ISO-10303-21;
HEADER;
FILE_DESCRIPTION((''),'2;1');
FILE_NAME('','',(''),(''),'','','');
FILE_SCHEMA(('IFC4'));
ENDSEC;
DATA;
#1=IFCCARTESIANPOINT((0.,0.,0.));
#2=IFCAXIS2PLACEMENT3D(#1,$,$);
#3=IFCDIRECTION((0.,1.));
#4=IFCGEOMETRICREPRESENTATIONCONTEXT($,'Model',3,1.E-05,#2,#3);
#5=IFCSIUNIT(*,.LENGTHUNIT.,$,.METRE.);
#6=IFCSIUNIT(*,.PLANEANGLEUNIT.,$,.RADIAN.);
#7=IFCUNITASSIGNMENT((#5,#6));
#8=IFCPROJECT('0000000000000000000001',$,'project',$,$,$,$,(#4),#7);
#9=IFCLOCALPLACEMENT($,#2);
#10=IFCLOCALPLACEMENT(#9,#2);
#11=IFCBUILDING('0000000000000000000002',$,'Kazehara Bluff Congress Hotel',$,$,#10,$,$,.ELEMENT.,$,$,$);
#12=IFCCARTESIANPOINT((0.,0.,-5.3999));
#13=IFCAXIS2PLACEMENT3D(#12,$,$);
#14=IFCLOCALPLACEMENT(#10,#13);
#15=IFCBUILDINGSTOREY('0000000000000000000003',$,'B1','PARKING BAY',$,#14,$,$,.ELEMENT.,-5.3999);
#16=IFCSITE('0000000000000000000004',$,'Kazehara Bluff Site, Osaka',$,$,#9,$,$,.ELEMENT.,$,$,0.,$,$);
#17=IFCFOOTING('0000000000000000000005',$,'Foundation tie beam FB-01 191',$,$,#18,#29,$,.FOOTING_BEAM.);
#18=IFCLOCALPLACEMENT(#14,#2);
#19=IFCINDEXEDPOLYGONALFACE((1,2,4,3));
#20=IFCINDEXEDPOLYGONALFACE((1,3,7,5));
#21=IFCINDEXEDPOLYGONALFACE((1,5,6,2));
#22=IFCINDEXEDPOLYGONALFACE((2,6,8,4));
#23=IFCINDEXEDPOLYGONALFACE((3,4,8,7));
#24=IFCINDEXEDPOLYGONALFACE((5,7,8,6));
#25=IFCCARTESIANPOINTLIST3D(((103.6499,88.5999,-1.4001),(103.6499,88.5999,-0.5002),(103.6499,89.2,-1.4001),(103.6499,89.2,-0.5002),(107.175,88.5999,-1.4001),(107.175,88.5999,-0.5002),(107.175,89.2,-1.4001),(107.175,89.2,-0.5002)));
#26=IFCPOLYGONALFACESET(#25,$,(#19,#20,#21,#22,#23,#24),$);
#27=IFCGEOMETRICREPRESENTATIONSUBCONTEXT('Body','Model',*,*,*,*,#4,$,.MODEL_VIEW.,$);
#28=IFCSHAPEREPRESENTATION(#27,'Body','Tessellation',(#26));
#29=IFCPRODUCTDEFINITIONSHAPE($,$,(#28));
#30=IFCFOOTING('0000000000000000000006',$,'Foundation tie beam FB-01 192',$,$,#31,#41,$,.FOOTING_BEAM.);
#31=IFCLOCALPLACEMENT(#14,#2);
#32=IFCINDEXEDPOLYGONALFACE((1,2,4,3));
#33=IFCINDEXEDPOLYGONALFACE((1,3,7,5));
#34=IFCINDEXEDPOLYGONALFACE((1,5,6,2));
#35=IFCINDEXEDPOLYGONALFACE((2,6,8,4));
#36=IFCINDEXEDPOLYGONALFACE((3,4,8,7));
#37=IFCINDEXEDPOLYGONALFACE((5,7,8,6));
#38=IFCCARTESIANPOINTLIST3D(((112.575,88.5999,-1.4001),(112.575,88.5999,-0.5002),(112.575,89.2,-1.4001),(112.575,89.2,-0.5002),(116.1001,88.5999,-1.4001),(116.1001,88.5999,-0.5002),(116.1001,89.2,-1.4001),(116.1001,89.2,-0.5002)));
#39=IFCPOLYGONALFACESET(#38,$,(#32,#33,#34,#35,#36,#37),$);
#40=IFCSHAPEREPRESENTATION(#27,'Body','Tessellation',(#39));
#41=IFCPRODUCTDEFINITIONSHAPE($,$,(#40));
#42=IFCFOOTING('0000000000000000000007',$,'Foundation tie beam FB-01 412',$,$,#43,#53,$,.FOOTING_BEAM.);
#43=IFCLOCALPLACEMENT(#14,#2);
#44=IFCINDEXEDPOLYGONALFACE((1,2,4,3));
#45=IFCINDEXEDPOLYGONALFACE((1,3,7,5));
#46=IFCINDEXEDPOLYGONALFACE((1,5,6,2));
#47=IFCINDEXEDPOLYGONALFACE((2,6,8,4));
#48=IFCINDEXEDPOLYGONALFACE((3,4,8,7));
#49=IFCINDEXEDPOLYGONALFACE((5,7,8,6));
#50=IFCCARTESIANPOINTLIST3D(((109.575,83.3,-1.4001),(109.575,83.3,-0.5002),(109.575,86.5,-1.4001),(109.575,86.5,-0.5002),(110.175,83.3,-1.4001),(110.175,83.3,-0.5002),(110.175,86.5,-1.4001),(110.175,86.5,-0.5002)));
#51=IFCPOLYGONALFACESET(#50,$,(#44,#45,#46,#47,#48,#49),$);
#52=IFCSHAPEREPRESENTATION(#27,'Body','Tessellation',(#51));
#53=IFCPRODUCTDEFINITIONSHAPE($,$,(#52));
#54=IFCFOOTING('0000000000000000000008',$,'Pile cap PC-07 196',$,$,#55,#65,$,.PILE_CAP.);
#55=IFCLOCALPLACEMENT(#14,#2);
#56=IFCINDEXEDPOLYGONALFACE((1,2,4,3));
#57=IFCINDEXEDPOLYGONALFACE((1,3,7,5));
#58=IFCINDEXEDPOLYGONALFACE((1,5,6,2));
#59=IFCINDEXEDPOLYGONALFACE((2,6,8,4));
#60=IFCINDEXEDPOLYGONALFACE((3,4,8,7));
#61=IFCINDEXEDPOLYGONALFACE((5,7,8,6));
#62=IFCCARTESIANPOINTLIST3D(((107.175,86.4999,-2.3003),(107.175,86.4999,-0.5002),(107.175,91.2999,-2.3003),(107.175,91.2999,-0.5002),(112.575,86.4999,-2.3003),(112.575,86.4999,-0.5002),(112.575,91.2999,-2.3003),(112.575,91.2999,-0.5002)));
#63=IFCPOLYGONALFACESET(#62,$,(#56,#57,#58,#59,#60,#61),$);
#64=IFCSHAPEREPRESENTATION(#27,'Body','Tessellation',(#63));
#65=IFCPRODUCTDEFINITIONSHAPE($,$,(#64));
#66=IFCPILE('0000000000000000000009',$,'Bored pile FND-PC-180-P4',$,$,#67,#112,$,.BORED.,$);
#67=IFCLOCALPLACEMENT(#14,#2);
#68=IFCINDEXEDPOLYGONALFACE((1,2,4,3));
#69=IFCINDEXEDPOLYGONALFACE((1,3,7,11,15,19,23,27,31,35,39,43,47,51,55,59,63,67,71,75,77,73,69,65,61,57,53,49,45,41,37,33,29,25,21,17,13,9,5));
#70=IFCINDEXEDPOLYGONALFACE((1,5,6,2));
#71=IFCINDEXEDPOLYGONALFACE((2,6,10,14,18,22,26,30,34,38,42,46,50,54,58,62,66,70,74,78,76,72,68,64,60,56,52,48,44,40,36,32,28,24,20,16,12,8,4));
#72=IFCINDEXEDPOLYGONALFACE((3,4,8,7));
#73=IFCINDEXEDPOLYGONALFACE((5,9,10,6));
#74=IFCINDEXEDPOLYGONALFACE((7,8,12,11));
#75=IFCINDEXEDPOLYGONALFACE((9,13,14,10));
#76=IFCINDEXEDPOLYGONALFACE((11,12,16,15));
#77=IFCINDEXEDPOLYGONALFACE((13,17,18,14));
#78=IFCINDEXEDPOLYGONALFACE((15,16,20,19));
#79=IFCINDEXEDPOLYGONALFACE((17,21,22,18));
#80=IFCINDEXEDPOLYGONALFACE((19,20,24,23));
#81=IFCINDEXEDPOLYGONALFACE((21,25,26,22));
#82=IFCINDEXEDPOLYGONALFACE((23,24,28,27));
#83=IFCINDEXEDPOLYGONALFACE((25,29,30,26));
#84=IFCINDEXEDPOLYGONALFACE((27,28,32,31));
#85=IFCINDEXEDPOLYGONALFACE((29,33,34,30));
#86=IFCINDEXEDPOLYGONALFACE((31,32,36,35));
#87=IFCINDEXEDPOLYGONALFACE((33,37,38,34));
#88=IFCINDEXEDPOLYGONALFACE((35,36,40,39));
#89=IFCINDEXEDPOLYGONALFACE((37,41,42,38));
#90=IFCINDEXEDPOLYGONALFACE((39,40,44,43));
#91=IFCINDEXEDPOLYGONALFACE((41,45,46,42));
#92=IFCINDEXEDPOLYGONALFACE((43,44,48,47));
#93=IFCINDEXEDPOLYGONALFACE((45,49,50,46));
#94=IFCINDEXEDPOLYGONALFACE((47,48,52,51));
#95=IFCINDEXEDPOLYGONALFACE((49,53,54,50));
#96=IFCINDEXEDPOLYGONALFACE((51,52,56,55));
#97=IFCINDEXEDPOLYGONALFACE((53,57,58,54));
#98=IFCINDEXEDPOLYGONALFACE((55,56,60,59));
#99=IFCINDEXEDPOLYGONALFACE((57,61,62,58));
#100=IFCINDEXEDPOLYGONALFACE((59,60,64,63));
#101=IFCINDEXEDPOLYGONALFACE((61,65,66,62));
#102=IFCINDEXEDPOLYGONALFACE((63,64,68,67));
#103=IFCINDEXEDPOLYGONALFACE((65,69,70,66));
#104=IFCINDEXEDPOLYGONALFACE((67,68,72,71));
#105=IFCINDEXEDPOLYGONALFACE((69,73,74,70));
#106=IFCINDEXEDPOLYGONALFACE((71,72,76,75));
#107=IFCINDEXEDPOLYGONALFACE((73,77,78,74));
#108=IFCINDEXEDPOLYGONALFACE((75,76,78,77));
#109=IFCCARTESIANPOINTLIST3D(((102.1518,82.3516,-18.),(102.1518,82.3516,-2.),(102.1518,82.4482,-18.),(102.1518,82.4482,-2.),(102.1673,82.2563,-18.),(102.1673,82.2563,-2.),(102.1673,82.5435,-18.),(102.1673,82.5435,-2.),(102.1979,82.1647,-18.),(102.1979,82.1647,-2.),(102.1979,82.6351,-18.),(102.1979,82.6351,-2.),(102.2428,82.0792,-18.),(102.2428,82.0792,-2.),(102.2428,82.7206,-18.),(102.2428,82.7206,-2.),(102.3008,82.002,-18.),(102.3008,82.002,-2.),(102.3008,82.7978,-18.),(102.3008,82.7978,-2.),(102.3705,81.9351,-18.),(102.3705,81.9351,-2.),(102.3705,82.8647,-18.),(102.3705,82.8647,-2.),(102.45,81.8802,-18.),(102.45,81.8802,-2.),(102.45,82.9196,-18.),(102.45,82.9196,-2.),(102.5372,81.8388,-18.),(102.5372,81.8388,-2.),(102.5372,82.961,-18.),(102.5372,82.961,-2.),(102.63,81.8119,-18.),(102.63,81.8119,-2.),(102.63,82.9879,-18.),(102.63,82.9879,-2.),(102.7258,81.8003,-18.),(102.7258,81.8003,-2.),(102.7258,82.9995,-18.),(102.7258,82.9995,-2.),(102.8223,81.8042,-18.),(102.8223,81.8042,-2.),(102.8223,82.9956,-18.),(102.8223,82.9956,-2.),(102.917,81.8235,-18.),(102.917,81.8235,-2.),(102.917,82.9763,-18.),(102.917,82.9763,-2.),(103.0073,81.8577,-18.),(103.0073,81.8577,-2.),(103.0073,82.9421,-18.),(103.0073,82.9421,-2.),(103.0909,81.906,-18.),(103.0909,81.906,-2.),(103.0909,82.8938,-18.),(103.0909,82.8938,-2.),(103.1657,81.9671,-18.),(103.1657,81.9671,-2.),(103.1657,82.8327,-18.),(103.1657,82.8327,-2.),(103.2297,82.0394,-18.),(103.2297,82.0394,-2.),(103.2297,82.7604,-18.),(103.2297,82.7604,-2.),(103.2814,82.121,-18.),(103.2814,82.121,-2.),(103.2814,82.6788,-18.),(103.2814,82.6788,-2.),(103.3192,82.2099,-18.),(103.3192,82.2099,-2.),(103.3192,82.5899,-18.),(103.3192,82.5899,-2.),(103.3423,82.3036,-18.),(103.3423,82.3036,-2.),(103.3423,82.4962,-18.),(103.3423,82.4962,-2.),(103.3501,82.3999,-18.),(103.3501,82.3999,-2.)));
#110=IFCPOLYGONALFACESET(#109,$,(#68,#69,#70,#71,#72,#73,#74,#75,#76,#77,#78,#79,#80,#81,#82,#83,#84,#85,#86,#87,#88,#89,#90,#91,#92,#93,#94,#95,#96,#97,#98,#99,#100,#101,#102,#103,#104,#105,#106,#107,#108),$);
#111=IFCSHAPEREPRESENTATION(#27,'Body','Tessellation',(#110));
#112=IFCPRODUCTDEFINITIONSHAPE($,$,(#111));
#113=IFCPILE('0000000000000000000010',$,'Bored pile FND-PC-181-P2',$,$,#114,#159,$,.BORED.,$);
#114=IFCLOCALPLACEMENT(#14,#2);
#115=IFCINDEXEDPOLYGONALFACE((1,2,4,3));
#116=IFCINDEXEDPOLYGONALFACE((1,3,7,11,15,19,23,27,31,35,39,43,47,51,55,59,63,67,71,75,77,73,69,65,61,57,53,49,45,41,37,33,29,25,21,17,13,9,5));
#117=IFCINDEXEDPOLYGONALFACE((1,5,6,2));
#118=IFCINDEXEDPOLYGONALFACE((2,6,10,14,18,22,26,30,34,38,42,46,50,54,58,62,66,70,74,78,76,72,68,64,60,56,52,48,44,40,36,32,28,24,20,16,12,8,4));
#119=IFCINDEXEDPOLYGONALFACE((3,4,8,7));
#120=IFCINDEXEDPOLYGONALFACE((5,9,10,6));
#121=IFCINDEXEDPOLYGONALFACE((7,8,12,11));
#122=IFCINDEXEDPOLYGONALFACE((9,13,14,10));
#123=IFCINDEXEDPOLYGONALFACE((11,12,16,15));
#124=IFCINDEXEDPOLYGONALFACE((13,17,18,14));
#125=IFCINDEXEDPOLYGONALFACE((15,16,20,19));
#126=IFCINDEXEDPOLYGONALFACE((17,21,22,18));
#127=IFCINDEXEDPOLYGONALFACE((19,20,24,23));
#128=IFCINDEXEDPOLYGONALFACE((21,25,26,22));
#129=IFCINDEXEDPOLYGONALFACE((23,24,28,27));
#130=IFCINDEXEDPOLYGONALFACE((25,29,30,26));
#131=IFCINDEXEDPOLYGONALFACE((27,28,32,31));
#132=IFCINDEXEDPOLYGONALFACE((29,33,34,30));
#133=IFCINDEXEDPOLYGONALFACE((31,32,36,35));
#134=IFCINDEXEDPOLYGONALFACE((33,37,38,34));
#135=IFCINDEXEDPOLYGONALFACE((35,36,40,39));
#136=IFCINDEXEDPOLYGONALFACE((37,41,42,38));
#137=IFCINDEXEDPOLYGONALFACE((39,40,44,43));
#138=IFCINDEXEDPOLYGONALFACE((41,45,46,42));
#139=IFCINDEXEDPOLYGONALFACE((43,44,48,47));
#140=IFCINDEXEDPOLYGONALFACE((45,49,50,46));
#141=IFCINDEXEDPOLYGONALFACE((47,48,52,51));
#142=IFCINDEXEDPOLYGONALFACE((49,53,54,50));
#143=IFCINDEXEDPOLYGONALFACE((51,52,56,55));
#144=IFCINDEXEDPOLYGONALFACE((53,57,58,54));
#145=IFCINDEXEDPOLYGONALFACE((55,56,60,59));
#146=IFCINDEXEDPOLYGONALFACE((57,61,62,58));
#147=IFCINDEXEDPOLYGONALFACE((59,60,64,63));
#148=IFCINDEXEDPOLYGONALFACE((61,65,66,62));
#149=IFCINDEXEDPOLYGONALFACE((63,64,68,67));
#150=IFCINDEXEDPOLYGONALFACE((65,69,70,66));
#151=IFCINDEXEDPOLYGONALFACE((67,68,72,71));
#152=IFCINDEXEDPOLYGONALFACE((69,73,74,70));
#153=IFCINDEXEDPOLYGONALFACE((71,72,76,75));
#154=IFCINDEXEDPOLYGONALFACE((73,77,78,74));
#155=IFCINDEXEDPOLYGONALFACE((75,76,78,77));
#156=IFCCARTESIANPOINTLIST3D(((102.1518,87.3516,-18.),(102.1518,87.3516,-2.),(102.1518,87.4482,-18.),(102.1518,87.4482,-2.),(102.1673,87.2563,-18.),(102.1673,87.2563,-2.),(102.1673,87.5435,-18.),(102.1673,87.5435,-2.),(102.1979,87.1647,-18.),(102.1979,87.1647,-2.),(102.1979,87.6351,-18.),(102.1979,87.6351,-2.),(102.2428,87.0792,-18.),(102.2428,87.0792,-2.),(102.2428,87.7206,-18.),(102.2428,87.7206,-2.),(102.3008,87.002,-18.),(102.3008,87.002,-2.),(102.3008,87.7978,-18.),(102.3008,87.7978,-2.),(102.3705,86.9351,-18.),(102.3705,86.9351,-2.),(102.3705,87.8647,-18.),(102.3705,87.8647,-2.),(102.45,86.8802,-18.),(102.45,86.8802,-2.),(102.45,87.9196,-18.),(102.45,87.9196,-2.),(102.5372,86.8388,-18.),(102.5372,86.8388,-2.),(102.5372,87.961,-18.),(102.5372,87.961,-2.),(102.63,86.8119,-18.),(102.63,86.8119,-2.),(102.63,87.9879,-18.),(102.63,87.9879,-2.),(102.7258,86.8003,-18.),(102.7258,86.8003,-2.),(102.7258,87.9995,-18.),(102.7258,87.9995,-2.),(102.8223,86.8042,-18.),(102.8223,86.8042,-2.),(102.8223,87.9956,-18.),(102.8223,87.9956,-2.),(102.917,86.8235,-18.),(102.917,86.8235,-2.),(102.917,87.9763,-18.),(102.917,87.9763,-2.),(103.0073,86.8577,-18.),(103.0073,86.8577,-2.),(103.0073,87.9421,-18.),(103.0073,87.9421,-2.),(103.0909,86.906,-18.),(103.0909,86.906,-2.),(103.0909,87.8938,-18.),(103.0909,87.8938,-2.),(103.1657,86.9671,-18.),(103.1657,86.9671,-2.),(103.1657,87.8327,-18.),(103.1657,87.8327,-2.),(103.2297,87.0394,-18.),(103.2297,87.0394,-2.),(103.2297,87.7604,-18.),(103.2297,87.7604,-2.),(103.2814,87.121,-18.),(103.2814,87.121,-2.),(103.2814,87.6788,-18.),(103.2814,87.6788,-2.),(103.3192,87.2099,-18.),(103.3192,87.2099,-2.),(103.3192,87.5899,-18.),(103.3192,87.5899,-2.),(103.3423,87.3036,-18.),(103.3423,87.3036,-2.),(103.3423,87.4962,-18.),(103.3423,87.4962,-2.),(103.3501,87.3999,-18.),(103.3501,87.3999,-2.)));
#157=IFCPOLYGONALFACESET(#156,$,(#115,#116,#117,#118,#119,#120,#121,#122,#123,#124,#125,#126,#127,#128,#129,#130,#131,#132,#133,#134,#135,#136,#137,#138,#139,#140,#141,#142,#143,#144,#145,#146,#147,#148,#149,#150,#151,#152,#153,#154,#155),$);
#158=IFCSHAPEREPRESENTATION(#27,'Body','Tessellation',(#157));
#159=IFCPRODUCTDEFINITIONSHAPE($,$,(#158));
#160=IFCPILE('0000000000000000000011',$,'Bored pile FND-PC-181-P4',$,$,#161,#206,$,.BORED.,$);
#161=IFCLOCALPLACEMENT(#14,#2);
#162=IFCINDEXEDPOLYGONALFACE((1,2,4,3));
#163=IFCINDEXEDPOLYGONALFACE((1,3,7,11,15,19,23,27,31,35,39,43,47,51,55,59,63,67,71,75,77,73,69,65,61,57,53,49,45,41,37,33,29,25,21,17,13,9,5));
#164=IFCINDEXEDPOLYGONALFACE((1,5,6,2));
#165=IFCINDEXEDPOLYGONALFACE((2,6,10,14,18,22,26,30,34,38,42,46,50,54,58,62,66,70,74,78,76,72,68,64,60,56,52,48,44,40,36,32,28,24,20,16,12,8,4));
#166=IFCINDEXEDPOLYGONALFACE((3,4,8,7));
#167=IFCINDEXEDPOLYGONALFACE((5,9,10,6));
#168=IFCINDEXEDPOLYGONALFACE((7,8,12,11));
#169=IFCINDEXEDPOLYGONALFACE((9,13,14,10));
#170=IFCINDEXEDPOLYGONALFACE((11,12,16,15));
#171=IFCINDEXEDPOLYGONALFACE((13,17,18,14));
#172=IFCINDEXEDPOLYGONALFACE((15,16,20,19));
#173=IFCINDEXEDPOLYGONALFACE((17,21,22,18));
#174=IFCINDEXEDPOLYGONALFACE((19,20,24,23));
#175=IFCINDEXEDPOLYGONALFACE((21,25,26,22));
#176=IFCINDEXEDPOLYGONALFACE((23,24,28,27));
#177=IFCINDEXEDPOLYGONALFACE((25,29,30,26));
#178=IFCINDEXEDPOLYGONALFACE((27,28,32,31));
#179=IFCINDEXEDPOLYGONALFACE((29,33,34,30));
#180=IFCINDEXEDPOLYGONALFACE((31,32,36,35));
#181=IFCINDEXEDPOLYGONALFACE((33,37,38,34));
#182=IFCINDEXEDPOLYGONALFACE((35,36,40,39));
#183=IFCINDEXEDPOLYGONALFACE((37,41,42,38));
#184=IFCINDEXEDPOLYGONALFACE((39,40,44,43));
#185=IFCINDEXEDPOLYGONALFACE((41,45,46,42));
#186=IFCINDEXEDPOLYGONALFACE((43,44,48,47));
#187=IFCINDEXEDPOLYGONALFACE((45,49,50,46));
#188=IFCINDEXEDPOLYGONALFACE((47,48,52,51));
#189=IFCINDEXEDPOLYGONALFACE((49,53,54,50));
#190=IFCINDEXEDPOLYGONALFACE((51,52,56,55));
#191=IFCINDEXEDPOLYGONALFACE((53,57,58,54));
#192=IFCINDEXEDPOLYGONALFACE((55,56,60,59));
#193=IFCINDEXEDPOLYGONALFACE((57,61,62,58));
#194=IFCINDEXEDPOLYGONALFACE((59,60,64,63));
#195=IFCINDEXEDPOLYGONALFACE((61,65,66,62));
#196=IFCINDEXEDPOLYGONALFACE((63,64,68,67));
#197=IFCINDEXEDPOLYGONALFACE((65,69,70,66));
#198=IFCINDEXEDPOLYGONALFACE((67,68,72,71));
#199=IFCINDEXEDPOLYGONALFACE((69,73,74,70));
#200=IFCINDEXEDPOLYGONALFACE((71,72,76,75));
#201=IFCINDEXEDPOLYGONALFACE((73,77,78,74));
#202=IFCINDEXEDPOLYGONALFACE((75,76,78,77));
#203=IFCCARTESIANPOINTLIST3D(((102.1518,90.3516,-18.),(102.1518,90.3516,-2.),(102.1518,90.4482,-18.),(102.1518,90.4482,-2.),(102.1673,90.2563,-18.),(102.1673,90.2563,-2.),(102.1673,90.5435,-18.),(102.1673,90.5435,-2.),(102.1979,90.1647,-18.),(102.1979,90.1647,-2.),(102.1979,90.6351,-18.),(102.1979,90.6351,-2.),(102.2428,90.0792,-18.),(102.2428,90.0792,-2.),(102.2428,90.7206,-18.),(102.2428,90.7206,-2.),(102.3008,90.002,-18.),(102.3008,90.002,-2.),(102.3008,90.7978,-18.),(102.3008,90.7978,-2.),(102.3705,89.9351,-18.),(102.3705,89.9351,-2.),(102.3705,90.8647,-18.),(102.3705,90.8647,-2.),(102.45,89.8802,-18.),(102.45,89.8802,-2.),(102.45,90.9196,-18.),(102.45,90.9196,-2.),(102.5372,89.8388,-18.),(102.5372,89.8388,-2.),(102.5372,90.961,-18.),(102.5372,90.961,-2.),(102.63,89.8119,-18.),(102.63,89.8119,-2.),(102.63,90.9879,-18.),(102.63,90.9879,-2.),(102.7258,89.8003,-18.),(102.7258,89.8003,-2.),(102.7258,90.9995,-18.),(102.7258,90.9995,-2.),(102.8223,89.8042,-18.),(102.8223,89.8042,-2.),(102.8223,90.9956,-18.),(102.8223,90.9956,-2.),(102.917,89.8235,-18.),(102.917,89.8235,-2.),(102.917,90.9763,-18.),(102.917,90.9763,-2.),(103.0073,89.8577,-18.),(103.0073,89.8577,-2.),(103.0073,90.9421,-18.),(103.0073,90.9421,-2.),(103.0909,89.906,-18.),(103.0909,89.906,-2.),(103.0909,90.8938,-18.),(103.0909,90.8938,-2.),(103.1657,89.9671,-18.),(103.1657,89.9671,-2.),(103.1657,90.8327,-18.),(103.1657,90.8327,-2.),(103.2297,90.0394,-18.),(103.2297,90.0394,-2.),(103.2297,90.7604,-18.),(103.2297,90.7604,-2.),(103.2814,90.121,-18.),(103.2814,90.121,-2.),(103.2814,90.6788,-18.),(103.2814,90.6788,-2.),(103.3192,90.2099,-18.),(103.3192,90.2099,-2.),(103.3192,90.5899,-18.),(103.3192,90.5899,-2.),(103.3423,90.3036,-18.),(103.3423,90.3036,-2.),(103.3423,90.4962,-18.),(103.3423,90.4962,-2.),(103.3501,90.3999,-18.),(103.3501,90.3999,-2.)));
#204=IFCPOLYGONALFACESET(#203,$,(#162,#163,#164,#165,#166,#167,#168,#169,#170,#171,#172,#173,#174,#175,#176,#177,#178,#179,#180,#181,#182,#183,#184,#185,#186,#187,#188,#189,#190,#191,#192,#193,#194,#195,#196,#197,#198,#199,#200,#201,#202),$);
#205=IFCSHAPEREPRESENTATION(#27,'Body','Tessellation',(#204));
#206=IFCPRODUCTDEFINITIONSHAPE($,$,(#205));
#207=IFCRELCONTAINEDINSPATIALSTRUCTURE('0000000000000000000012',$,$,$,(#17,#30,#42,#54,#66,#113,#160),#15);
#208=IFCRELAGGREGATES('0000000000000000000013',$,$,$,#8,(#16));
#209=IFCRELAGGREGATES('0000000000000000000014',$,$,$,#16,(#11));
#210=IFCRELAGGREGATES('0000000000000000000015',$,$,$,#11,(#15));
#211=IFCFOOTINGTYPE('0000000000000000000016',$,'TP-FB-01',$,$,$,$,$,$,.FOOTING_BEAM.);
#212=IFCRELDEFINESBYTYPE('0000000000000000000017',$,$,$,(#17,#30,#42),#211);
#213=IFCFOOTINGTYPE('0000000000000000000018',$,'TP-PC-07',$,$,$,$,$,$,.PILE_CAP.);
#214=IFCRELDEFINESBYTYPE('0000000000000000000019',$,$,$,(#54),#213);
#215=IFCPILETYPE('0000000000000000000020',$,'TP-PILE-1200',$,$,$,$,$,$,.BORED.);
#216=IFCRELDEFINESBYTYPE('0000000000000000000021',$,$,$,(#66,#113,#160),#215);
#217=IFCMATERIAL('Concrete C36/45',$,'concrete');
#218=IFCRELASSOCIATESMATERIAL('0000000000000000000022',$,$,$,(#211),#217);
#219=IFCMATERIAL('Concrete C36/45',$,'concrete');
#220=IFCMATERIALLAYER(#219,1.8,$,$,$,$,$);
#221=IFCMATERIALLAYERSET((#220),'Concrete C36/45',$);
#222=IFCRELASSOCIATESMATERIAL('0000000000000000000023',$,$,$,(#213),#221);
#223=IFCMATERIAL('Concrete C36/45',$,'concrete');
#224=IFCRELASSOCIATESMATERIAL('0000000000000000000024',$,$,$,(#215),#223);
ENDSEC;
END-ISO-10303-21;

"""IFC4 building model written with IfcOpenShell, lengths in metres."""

from ifc_helpers import new_model, si_unit, direction, frame, origin, origin_2d, place, context, subcontext, project, spatial, rectangle, circle, extrude, material, layer, layer_set, material_profile, profile_set, type_object, element, save


model = new_model("IFC4")

# Units and contexts
model_context = context("Model", 3, precision=1e-05, world=origin(), true_north=direction((0.0, 1.0)))
body_context = subcontext(model_context, "Body", "Model", "MODEL_VIEW")
ifc_project = project(units=[si_unit("LENGTHUNIT", "METRE"), si_unit("PLANEANGLEUNIT", "RADIAN")], contexts=[model_context])

# Site, building, storey
site_placement = place(None, origin())
site = spatial("IfcSite", under=ifc_project, at=site_placement, Name="Kazehara Bluff Site, Osaka", CompositionType="ELEMENT", RefElevation=0.0)
building_placement = place(site_placement, origin())
building = spatial("IfcBuilding", under=site, at=building_placement, Name="Kazehara Bluff Congress Hotel", CompositionType="ELEMENT")
storey_placement = place(building_placement, frame((0.0, 0.0, -5.3999)))
storey = spatial("IfcBuildingStorey", under=building, at=storey_placement, Name="B1", Description="PARKING BAY", CompositionType="ELEMENT", Elevation=-5.3999)

# Footings
ifc_material_1 = material(Name="Concrete C36/45", Category="concrete")
ifc_material_profile_1 = material_profile(ifc_material_1, rectangle(XDim=0.6001, YDim=0.8999, at=origin_2d()))
ifc_profile_set_1 = profile_set([ifc_material_profile_1], Name="Concrete C36/45")
footing_type_1 = type_object("IfcFootingType", Name="TP-FB-01", PredefinedType="FOOTING_BEAM", material=ifc_profile_set_1)
for number, where, z_axis, x_axis, name in (
    (1, (103.6499, 88.8999, -0.9502), (1.0, 0.0, 0.0), (0.0, 1.0, 0.0), "Foundation tie beam FB-01 191"),
    (2, (112.575, 88.8999, -0.9502), (1.0, 0.0, 0.0), (0.0, 1.0, 0.0), "Foundation tie beam FB-01 192"),
):
    element("IfcFooting", number, at=place(storey_placement, frame(where, z_axis=z_axis, x_axis=x_axis)), inside=storey, type_object=footing_type_1, Name=name, PredefinedType="FOOTING_BEAM", context=body_context, shape_type="SweptSolid", body=[
        extrude(rectangle(XDim=0.6001, YDim=0.8999, at=origin_2d()), origin(), (0.0, 0.0, 1.0), 3.5251),
    ])
footing_1_placement = place(storey_placement, frame((109.875, 83.3, -0.9502), z_axis=(0.0, 1.0, 0.0), x_axis=(-1.0, 0.0, 0.0)))
element("IfcFooting", 3, at=footing_1_placement, inside=storey, type_object=footing_type_1, Name="Foundation tie beam FB-01 412", PredefinedType="FOOTING_BEAM", context=body_context, shape_type="SweptSolid", body=[
    extrude(rectangle(XDim=0.6001, YDim=0.8999, at=origin_2d()), origin(), (0.0, 0.0, 1.0), 3.2),
])
ifc_material_2 = material(Name="Concrete C36/45", Category="concrete")
ifc_layer = layer(ifc_material_2, 1.8)
ifc_layer_set = layer_set([ifc_layer], Name="Concrete C36/45")
footing_type_2 = type_object("IfcFootingType", Name="TP-PC-07", PredefinedType="PILE_CAP", material=ifc_layer_set)
footing_2_placement = place(storey_placement, frame((109.875, 88.8999, -2.3003), z_axis=(0.0, 0.0, 1.0), x_axis=(1.0, 0.0, 0.0)))
element("IfcFooting", 4, at=footing_2_placement, inside=storey, type_object=footing_type_2, Name="Pile cap PC-07 196", PredefinedType="PILE_CAP", context=body_context, shape_type="SweptSolid", body=[
    extrude(rectangle(XDim=5.3999, YDim=4.8, at=origin_2d()), origin(), (0.0, 0.0, 1.0), 1.8),
])

# Piles
ifc_material_3 = material(Name="Concrete C36/45", Category="concrete")
ifc_material_profile_2 = material_profile(ifc_material_3, circle(Radius=0.6001, at=origin_2d()))
ifc_profile_set_2 = profile_set([ifc_material_profile_2], Name="Concrete C36/45")
pile_type = type_object("IfcPileType", Name="TP-PILE-1200", PredefinedType="BORED", material=ifc_profile_set_2)
for number, where, z_axis, x_axis, name in (
    (5, (102.75, 82.3999, -2.0), (0.0, 0.0, -1.0), (1.0, 0.0, 0.0), "Bored pile FND-PC-180-P4"),
    (6, (102.75, 87.3999, -2.0), (0.0, 0.0, -1.0), (1.0, 0.0, 0.0), "Bored pile FND-PC-181-P2"),
    (7, (102.75, 90.3999, -2.0), (0.0, 0.0, -1.0), (1.0, 0.0, 0.0), "Bored pile FND-PC-181-P4"),
):
    element("IfcPile", number, at=place(storey_placement, frame(where, z_axis=z_axis, x_axis=x_axis)), inside=storey, type_object=pile_type, Name=name, PredefinedType="BORED", context=body_context, shape_type="SweptSolid", body=[
        extrude(circle(Radius=0.6001, at=origin_2d()), origin(), (0.0, 0.0, 1.0), 16.0),
    ])

save(model, "model.ifc")
